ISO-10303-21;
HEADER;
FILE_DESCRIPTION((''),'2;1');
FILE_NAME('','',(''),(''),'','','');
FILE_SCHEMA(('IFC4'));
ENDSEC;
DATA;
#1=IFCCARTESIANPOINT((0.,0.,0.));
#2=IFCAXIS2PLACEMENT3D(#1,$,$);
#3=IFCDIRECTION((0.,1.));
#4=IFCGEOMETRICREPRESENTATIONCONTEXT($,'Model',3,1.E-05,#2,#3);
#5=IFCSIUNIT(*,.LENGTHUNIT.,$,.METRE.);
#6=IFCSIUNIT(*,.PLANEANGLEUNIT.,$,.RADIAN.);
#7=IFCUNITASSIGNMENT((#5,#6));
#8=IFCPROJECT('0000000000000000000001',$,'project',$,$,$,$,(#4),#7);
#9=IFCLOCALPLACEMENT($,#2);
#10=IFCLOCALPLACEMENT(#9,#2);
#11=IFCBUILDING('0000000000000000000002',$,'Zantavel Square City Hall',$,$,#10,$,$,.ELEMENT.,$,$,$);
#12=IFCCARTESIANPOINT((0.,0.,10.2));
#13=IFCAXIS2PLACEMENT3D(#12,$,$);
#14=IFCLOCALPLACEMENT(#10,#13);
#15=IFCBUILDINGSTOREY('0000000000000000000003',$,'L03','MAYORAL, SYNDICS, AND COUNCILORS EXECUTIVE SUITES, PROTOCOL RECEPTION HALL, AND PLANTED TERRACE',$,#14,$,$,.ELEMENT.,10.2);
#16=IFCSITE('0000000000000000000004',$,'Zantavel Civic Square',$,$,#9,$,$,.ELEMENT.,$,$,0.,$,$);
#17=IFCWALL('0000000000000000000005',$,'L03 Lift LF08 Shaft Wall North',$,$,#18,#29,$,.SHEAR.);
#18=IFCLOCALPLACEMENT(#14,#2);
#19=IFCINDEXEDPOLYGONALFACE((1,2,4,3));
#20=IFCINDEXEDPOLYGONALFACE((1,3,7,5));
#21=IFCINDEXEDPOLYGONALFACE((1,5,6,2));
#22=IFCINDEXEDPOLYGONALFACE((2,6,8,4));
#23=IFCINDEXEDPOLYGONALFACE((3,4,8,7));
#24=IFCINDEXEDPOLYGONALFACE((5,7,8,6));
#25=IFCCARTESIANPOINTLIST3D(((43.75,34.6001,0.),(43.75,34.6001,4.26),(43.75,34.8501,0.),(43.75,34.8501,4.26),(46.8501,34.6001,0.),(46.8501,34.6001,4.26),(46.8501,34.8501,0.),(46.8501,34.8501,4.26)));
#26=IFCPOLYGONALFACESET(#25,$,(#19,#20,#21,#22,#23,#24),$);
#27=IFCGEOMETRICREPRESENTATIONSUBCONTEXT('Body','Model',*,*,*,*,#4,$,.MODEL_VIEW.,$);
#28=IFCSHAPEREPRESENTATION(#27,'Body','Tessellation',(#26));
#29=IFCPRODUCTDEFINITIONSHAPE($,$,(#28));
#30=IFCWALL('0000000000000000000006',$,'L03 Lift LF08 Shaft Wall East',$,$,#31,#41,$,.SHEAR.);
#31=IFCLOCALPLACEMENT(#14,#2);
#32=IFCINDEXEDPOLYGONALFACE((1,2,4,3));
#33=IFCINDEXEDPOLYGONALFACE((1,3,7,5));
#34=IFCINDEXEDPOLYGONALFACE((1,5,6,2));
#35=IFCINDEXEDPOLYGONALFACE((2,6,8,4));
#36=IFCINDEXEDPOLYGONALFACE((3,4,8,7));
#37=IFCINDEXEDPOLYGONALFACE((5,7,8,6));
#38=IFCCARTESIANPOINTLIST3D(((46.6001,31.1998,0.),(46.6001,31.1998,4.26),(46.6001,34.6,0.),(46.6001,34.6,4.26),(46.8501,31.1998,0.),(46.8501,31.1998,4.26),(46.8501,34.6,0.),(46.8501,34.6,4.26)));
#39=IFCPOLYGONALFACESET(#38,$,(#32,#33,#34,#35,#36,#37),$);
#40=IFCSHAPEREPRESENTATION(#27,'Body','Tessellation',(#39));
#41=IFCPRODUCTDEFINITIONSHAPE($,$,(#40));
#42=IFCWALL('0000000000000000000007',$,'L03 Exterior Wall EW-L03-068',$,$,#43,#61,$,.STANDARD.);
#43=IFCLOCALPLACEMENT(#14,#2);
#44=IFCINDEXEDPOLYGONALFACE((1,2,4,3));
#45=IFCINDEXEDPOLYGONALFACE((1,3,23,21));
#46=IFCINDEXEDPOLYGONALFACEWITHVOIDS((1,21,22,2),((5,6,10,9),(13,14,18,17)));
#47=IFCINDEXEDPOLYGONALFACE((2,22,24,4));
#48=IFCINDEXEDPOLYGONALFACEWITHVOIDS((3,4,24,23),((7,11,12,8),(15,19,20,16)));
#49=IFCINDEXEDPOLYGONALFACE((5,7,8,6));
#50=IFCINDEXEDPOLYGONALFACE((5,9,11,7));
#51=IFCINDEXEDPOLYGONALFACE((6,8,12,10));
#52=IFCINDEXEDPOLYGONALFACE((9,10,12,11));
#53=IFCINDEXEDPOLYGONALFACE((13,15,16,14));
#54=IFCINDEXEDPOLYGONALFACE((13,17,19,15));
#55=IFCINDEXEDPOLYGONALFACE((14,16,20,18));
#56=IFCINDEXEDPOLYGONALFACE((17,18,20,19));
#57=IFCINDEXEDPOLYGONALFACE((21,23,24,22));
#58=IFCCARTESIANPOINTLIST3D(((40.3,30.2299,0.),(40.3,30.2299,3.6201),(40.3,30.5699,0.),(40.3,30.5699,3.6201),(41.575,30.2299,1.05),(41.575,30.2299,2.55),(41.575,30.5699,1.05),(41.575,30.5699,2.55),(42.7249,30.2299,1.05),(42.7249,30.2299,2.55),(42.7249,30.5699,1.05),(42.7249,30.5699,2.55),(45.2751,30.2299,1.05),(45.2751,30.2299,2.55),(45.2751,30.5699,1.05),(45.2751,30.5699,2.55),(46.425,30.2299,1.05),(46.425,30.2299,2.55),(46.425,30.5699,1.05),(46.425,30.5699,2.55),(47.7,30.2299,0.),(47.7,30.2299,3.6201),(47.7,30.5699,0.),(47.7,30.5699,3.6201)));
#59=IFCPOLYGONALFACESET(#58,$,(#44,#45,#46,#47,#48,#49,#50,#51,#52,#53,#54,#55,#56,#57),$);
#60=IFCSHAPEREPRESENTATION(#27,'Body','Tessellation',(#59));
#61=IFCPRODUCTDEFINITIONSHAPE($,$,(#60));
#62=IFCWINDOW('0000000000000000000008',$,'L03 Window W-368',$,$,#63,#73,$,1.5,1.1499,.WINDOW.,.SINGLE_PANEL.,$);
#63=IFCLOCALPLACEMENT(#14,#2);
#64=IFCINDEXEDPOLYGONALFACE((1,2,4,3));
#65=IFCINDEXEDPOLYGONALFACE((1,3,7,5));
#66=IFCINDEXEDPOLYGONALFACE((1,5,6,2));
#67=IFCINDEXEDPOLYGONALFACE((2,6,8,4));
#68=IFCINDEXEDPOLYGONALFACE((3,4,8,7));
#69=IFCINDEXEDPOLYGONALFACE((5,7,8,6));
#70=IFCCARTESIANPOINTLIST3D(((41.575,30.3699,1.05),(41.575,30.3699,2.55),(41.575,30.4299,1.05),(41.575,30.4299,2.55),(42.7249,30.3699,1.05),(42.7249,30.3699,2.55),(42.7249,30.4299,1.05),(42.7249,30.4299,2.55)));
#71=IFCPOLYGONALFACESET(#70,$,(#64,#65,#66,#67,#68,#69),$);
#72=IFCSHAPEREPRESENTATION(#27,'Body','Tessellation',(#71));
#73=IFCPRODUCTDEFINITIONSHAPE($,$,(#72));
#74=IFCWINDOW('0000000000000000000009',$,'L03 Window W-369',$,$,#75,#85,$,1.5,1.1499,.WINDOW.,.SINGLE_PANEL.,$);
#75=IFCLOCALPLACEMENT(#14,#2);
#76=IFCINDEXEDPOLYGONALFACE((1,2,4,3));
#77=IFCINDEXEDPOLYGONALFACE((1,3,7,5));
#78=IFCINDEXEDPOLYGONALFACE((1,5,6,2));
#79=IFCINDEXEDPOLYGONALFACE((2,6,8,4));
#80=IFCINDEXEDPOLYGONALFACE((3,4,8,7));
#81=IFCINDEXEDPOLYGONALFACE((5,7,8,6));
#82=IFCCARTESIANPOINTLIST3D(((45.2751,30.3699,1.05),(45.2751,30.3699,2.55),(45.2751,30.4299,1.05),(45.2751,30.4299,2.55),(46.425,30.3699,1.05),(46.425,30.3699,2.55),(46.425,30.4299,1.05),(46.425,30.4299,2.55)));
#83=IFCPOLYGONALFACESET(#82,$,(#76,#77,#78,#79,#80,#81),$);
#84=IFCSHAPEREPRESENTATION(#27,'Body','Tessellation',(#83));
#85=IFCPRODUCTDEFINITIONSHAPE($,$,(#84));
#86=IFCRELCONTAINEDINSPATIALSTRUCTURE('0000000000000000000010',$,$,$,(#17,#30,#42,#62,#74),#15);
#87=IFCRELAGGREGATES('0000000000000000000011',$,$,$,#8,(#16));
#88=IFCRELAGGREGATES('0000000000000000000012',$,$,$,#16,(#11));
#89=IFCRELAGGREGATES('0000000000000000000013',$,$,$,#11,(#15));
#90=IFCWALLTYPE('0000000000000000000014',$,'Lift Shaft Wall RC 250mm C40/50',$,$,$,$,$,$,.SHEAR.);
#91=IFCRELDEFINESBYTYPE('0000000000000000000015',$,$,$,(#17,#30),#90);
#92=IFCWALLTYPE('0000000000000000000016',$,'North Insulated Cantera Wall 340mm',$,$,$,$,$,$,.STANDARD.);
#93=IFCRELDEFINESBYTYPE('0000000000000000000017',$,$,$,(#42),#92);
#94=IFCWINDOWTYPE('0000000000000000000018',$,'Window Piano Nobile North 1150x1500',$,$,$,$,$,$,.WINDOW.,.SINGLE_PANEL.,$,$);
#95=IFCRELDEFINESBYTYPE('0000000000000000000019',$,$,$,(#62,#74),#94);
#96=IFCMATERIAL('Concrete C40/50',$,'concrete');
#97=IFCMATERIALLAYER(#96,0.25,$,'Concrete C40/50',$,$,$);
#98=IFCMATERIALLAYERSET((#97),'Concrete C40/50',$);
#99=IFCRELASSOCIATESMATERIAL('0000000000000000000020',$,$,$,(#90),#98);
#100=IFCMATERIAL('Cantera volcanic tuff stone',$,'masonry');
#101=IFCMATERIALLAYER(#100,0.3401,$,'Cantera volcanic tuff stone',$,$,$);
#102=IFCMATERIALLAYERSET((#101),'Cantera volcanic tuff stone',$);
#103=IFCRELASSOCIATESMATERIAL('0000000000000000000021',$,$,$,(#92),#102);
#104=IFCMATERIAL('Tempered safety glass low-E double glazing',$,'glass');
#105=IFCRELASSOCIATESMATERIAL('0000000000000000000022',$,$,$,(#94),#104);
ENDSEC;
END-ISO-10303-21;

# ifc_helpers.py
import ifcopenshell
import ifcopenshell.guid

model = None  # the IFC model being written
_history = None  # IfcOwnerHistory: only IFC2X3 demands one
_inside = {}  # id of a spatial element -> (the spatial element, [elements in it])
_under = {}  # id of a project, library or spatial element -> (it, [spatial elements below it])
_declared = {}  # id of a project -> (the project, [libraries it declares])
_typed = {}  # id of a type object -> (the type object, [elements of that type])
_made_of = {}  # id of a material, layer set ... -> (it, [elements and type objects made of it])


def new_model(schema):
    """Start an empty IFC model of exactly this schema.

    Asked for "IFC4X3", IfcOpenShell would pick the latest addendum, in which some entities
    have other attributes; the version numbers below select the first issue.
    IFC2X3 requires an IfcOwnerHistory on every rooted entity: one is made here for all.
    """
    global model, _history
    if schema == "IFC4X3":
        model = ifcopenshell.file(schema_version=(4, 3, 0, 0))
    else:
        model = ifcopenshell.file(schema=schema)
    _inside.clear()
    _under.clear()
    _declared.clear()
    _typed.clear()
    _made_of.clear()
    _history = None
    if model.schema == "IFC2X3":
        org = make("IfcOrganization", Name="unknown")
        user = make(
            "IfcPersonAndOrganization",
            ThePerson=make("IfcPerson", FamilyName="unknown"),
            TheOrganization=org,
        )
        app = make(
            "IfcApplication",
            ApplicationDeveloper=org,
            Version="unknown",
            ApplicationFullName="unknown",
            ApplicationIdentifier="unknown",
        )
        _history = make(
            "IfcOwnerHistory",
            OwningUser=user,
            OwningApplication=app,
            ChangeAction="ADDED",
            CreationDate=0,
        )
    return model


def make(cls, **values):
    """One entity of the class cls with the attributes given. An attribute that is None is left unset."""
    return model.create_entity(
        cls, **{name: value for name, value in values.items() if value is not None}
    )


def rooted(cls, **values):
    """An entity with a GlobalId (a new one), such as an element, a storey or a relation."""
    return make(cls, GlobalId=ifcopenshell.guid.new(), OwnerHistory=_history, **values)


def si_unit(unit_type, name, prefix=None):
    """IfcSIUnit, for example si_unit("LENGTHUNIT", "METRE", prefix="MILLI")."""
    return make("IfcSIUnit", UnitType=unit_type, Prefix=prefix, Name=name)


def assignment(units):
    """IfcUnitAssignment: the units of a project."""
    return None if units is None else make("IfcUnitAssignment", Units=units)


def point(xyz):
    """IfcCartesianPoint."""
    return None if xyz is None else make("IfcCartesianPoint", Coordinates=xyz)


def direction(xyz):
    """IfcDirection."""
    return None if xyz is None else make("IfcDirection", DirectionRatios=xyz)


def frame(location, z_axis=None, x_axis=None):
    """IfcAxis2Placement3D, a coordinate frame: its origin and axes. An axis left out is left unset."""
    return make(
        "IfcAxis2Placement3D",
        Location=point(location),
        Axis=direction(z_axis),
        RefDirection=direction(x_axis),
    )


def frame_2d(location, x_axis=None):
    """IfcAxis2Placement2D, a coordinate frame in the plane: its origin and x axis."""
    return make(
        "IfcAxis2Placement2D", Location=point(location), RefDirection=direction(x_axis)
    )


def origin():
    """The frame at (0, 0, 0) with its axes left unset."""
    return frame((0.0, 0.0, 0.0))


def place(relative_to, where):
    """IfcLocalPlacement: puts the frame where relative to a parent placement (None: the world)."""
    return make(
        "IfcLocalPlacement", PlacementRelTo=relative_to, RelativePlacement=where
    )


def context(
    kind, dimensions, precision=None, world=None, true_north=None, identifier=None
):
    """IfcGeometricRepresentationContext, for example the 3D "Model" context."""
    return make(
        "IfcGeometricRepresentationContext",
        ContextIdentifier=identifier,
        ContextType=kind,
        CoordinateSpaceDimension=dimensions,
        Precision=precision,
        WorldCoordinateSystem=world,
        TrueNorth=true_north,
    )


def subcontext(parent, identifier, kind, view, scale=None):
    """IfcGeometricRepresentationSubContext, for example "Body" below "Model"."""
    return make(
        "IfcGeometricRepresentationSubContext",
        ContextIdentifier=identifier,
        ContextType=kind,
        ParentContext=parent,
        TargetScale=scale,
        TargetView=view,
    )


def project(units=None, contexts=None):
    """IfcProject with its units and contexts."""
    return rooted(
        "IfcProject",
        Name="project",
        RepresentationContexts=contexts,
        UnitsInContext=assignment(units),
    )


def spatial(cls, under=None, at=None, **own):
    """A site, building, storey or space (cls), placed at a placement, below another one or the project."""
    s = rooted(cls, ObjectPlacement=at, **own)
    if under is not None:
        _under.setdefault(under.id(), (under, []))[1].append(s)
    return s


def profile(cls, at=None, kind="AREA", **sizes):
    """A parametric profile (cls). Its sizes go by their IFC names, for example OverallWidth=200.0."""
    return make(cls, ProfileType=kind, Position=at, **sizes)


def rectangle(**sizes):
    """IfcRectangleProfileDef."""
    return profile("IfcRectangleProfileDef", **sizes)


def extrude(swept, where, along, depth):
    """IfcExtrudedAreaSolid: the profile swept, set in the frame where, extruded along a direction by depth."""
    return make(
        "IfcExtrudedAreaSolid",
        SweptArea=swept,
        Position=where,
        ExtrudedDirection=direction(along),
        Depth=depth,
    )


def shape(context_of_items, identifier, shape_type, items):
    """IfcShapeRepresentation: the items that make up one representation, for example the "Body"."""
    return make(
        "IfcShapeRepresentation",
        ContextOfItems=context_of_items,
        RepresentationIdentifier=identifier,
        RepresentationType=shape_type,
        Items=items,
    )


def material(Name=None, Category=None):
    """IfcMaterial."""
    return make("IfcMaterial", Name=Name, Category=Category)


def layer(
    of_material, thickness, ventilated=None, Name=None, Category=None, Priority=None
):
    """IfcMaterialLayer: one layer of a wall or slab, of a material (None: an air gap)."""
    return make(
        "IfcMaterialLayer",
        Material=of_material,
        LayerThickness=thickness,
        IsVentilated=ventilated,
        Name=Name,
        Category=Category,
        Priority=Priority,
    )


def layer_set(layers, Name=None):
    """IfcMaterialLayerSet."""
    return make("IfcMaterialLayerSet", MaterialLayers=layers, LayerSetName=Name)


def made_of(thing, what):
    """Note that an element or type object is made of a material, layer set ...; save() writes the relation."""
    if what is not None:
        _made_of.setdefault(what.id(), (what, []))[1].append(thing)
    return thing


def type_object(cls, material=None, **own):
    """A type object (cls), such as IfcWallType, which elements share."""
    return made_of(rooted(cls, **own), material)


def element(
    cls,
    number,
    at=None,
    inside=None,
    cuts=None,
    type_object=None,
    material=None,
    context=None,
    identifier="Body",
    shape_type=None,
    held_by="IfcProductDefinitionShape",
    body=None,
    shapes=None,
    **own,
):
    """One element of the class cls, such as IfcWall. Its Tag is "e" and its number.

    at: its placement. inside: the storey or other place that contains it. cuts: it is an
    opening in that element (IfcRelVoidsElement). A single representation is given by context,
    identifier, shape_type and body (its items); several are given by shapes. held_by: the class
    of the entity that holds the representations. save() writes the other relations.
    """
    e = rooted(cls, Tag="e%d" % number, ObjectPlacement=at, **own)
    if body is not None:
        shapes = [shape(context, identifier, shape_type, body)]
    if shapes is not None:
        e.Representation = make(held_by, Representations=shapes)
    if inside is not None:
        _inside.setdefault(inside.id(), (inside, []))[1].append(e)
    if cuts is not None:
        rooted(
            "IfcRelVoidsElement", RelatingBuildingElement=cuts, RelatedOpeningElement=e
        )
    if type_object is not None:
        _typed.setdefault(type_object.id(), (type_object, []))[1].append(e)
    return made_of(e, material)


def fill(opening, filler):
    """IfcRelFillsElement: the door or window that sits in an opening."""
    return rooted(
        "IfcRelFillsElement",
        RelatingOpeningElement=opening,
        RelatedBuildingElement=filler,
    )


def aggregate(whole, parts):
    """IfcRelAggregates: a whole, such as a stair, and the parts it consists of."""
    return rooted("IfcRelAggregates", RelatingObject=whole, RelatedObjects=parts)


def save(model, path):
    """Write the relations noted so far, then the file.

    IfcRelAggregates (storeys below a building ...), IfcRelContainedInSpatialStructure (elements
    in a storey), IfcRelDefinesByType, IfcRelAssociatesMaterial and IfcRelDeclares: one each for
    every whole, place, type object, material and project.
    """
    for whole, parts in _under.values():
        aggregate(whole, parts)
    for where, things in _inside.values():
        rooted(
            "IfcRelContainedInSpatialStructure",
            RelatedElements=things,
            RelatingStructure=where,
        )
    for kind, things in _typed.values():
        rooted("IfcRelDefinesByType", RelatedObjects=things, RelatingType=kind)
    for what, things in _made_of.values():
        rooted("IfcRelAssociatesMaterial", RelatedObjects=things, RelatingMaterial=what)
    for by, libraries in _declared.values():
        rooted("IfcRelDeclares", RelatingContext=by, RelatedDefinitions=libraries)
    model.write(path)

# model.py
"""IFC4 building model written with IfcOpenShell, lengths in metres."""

from ifc_helpers import new_model, si_unit, direction, frame, frame_2d, origin, place, context, subcontext, project, spatial, rectangle, extrude, material, layer, layer_set, type_object, element, fill, save


model = new_model("IFC4")

# Units and contexts
model_context = context("Model", 3, precision=1e-05, world=origin(), true_north=direction((0.0, 1.0)))
body_context = subcontext(model_context, "Body", "Model", "MODEL_VIEW")
ifc_project = project(units=[si_unit("LENGTHUNIT", "METRE"), si_unit("PLANEANGLEUNIT", "RADIAN")], contexts=[model_context])

# Site, building, storey
site_placement = place(None, origin())
site = spatial("IfcSite", under=ifc_project, at=site_placement, Name="Zantavel Civic Square", CompositionType="ELEMENT", RefElevation=0.0)
building_placement = place(site_placement, origin())
building = spatial("IfcBuilding", under=site, at=building_placement, Name="Zantavel Square City Hall", CompositionType="ELEMENT")
storey_placement = place(building_placement, frame((0.0, 0.0, 10.2)))
storey = spatial("IfcBuildingStorey", under=building, at=storey_placement, Name="L03", Description="MAYORAL, SYNDICS, AND COUNCILORS EXECUTIVE SUITES, PROTOCOL RECEPTION HALL, AND PLANTED TERRACE", CompositionType="ELEMENT", Elevation=10.2)

# Shared definitions
ifc_material_1 = material(Name="Concrete C40/50", Category="concrete")

# Shared definitions
ifc_material_2 = material(Name="Cantera volcanic tuff stone", Category="masonry")
ifc_layer_1 = layer(ifc_material_1, 0.25, Name="Concrete C40/50")
ifc_layer_set_1 = layer_set([ifc_layer_1], Name="Concrete C40/50")
wall_type_1 = type_object("IfcWallType", Name="Lift Shaft Wall RC 250mm C40/50", PredefinedType="SHEAR", material=ifc_layer_set_1)

# Walls
wall_1_placement = place(storey_placement, frame((43.75, 34.7251, 0.0), z_axis=(0.0, 0.0, 1.0), x_axis=(1.0, 0.0, 0.0)))
element("IfcWall", 1, at=wall_1_placement, inside=storey, type_object=wall_type_1, Name="L03 Lift LF08 Shaft Wall North", PredefinedType="SHEAR", context=body_context, shape_type="SweptSolid", body=[
    extrude(rectangle(XDim=3.1001, YDim=0.25, at=frame_2d((1.55, 0.0))), origin(), (0.0, 0.0, 1.0), 4.26),
])
wall_2_placement = place(storey_placement, frame((46.7251, 34.6001, 0.0), z_axis=(0.0, 0.0, 1.0), x_axis=(0.0, -1.0, 0.0)))
element("IfcWall", 2, at=wall_2_placement, inside=storey, type_object=wall_type_1, Name="L03 Lift LF08 Shaft Wall East", PredefinedType="SHEAR", context=body_context, shape_type="SweptSolid", body=[
    extrude(rectangle(XDim=3.4001, YDim=0.25, at=frame_2d((1.7002, 0.0))), origin(), (0.0, 0.0, 1.0), 4.26),
])

# Wall, openings, windows
ifc_layer_2 = layer(ifc_material_2, 0.3401, Name="Cantera volcanic tuff stone")
ifc_layer_set_2 = layer_set([ifc_layer_2], Name="Cantera volcanic tuff stone")
wall_type_2 = type_object("IfcWallType", Name="North Insulated Cantera Wall 340mm", PredefinedType="STANDARD", material=ifc_layer_set_2)
wall_3_placement = place(storey_placement, frame((40.3, 30.3999, 0.0), z_axis=(0.0, 0.0, 1.0), x_axis=(1.0, 0.0, 0.0)))
wall_3 = element("IfcWall", 3, at=wall_3_placement, inside=storey, type_object=wall_type_2, Name="L03 Exterior Wall EW-L03-068", PredefinedType="STANDARD", context=body_context, shape_type="SweptSolid", body=[
    extrude(rectangle(XDim=7.3999, YDim=0.3401, at=frame_2d((3.7, 0.0))), origin(), (0.0, 0.0, 1.0), 3.6201),
])
opening_1_placement = place(wall_3_placement, frame((1.2749, 0.0, 1.05)))
opening_1 = element("IfcOpeningElement", 4, at=opening_1_placement, cuts=wall_3, PredefinedType="OPENING", context=body_context, shape_type="SweptSolid", body=[
    extrude(rectangle(XDim=1.1499, YDim=1.5, at=frame_2d((0.575, 0.75))), frame((0.0, 0.1799, 0.0), z_axis=(0.0, -1.0, 0.0), x_axis=(1.0, 0.0, 0.0)), (0.0, 0.0, 1.0), 0.3601),
])
opening_2_placement = place(wall_3_placement, frame((4.9751, 0.0, 1.05)))
opening_2 = element("IfcOpeningElement", 5, at=opening_2_placement, cuts=wall_3, PredefinedType="OPENING", context=body_context, shape_type="SweptSolid", body=[
    extrude(rectangle(XDim=1.1499, YDim=1.5, at=frame_2d((0.575, 0.75))), frame((0.0, 0.1799, 0.0), z_axis=(0.0, -1.0, 0.0), x_axis=(1.0, 0.0, 0.0)), (0.0, 0.0, 1.0), 0.3601),
])
ifc_material_3 = material(Name="Tempered safety glass low-E double glazing", Category="glass")
window_type = type_object("IfcWindowType", Name="Window Piano Nobile North 1150x1500", PartitioningType="SINGLE_PANEL", PredefinedType="WINDOW", material=ifc_material_3)
window_1_placement = place(opening_1_placement, origin())
window_1 = element("IfcWindow", 6, at=window_1_placement, inside=storey, type_object=window_type, Name="L03 Window W-368", OverallHeight=1.5, OverallWidth=1.1499, PartitioningType="SINGLE_PANEL", PredefinedType="WINDOW", context=body_context, shape_type="SweptSolid", body=[
    extrude(rectangle(XDim=1.1499, YDim=1.5, at=frame_2d((0.575, 0.75))), frame((0.0, 0.03, 0.0), z_axis=(0.0, -1.0, 0.0), x_axis=(1.0, 0.0, 0.0)), (0.0, 0.0, 1.0), 0.0601),
])
fill(opening_1, window_1)
window_2_placement = place(opening_2_placement, origin())
window_2 = element("IfcWindow", 7, at=window_2_placement, inside=storey, type_object=window_type, Name="L03 Window W-369", OverallHeight=1.5, OverallWidth=1.1499, PartitioningType="SINGLE_PANEL", PredefinedType="WINDOW", context=body_context, shape_type="SweptSolid", body=[
    extrude(rectangle(XDim=1.1499, YDim=1.5, at=frame_2d((0.575, 0.75))), frame((0.0, 0.03, 0.0), z_axis=(0.0, -1.0, 0.0), x_axis=(1.0, 0.0, 0.0)), (0.0, 0.0, 1.0), 0.0601),
])
fill(opening_2, window_2)

save(model, "model.ifc")
